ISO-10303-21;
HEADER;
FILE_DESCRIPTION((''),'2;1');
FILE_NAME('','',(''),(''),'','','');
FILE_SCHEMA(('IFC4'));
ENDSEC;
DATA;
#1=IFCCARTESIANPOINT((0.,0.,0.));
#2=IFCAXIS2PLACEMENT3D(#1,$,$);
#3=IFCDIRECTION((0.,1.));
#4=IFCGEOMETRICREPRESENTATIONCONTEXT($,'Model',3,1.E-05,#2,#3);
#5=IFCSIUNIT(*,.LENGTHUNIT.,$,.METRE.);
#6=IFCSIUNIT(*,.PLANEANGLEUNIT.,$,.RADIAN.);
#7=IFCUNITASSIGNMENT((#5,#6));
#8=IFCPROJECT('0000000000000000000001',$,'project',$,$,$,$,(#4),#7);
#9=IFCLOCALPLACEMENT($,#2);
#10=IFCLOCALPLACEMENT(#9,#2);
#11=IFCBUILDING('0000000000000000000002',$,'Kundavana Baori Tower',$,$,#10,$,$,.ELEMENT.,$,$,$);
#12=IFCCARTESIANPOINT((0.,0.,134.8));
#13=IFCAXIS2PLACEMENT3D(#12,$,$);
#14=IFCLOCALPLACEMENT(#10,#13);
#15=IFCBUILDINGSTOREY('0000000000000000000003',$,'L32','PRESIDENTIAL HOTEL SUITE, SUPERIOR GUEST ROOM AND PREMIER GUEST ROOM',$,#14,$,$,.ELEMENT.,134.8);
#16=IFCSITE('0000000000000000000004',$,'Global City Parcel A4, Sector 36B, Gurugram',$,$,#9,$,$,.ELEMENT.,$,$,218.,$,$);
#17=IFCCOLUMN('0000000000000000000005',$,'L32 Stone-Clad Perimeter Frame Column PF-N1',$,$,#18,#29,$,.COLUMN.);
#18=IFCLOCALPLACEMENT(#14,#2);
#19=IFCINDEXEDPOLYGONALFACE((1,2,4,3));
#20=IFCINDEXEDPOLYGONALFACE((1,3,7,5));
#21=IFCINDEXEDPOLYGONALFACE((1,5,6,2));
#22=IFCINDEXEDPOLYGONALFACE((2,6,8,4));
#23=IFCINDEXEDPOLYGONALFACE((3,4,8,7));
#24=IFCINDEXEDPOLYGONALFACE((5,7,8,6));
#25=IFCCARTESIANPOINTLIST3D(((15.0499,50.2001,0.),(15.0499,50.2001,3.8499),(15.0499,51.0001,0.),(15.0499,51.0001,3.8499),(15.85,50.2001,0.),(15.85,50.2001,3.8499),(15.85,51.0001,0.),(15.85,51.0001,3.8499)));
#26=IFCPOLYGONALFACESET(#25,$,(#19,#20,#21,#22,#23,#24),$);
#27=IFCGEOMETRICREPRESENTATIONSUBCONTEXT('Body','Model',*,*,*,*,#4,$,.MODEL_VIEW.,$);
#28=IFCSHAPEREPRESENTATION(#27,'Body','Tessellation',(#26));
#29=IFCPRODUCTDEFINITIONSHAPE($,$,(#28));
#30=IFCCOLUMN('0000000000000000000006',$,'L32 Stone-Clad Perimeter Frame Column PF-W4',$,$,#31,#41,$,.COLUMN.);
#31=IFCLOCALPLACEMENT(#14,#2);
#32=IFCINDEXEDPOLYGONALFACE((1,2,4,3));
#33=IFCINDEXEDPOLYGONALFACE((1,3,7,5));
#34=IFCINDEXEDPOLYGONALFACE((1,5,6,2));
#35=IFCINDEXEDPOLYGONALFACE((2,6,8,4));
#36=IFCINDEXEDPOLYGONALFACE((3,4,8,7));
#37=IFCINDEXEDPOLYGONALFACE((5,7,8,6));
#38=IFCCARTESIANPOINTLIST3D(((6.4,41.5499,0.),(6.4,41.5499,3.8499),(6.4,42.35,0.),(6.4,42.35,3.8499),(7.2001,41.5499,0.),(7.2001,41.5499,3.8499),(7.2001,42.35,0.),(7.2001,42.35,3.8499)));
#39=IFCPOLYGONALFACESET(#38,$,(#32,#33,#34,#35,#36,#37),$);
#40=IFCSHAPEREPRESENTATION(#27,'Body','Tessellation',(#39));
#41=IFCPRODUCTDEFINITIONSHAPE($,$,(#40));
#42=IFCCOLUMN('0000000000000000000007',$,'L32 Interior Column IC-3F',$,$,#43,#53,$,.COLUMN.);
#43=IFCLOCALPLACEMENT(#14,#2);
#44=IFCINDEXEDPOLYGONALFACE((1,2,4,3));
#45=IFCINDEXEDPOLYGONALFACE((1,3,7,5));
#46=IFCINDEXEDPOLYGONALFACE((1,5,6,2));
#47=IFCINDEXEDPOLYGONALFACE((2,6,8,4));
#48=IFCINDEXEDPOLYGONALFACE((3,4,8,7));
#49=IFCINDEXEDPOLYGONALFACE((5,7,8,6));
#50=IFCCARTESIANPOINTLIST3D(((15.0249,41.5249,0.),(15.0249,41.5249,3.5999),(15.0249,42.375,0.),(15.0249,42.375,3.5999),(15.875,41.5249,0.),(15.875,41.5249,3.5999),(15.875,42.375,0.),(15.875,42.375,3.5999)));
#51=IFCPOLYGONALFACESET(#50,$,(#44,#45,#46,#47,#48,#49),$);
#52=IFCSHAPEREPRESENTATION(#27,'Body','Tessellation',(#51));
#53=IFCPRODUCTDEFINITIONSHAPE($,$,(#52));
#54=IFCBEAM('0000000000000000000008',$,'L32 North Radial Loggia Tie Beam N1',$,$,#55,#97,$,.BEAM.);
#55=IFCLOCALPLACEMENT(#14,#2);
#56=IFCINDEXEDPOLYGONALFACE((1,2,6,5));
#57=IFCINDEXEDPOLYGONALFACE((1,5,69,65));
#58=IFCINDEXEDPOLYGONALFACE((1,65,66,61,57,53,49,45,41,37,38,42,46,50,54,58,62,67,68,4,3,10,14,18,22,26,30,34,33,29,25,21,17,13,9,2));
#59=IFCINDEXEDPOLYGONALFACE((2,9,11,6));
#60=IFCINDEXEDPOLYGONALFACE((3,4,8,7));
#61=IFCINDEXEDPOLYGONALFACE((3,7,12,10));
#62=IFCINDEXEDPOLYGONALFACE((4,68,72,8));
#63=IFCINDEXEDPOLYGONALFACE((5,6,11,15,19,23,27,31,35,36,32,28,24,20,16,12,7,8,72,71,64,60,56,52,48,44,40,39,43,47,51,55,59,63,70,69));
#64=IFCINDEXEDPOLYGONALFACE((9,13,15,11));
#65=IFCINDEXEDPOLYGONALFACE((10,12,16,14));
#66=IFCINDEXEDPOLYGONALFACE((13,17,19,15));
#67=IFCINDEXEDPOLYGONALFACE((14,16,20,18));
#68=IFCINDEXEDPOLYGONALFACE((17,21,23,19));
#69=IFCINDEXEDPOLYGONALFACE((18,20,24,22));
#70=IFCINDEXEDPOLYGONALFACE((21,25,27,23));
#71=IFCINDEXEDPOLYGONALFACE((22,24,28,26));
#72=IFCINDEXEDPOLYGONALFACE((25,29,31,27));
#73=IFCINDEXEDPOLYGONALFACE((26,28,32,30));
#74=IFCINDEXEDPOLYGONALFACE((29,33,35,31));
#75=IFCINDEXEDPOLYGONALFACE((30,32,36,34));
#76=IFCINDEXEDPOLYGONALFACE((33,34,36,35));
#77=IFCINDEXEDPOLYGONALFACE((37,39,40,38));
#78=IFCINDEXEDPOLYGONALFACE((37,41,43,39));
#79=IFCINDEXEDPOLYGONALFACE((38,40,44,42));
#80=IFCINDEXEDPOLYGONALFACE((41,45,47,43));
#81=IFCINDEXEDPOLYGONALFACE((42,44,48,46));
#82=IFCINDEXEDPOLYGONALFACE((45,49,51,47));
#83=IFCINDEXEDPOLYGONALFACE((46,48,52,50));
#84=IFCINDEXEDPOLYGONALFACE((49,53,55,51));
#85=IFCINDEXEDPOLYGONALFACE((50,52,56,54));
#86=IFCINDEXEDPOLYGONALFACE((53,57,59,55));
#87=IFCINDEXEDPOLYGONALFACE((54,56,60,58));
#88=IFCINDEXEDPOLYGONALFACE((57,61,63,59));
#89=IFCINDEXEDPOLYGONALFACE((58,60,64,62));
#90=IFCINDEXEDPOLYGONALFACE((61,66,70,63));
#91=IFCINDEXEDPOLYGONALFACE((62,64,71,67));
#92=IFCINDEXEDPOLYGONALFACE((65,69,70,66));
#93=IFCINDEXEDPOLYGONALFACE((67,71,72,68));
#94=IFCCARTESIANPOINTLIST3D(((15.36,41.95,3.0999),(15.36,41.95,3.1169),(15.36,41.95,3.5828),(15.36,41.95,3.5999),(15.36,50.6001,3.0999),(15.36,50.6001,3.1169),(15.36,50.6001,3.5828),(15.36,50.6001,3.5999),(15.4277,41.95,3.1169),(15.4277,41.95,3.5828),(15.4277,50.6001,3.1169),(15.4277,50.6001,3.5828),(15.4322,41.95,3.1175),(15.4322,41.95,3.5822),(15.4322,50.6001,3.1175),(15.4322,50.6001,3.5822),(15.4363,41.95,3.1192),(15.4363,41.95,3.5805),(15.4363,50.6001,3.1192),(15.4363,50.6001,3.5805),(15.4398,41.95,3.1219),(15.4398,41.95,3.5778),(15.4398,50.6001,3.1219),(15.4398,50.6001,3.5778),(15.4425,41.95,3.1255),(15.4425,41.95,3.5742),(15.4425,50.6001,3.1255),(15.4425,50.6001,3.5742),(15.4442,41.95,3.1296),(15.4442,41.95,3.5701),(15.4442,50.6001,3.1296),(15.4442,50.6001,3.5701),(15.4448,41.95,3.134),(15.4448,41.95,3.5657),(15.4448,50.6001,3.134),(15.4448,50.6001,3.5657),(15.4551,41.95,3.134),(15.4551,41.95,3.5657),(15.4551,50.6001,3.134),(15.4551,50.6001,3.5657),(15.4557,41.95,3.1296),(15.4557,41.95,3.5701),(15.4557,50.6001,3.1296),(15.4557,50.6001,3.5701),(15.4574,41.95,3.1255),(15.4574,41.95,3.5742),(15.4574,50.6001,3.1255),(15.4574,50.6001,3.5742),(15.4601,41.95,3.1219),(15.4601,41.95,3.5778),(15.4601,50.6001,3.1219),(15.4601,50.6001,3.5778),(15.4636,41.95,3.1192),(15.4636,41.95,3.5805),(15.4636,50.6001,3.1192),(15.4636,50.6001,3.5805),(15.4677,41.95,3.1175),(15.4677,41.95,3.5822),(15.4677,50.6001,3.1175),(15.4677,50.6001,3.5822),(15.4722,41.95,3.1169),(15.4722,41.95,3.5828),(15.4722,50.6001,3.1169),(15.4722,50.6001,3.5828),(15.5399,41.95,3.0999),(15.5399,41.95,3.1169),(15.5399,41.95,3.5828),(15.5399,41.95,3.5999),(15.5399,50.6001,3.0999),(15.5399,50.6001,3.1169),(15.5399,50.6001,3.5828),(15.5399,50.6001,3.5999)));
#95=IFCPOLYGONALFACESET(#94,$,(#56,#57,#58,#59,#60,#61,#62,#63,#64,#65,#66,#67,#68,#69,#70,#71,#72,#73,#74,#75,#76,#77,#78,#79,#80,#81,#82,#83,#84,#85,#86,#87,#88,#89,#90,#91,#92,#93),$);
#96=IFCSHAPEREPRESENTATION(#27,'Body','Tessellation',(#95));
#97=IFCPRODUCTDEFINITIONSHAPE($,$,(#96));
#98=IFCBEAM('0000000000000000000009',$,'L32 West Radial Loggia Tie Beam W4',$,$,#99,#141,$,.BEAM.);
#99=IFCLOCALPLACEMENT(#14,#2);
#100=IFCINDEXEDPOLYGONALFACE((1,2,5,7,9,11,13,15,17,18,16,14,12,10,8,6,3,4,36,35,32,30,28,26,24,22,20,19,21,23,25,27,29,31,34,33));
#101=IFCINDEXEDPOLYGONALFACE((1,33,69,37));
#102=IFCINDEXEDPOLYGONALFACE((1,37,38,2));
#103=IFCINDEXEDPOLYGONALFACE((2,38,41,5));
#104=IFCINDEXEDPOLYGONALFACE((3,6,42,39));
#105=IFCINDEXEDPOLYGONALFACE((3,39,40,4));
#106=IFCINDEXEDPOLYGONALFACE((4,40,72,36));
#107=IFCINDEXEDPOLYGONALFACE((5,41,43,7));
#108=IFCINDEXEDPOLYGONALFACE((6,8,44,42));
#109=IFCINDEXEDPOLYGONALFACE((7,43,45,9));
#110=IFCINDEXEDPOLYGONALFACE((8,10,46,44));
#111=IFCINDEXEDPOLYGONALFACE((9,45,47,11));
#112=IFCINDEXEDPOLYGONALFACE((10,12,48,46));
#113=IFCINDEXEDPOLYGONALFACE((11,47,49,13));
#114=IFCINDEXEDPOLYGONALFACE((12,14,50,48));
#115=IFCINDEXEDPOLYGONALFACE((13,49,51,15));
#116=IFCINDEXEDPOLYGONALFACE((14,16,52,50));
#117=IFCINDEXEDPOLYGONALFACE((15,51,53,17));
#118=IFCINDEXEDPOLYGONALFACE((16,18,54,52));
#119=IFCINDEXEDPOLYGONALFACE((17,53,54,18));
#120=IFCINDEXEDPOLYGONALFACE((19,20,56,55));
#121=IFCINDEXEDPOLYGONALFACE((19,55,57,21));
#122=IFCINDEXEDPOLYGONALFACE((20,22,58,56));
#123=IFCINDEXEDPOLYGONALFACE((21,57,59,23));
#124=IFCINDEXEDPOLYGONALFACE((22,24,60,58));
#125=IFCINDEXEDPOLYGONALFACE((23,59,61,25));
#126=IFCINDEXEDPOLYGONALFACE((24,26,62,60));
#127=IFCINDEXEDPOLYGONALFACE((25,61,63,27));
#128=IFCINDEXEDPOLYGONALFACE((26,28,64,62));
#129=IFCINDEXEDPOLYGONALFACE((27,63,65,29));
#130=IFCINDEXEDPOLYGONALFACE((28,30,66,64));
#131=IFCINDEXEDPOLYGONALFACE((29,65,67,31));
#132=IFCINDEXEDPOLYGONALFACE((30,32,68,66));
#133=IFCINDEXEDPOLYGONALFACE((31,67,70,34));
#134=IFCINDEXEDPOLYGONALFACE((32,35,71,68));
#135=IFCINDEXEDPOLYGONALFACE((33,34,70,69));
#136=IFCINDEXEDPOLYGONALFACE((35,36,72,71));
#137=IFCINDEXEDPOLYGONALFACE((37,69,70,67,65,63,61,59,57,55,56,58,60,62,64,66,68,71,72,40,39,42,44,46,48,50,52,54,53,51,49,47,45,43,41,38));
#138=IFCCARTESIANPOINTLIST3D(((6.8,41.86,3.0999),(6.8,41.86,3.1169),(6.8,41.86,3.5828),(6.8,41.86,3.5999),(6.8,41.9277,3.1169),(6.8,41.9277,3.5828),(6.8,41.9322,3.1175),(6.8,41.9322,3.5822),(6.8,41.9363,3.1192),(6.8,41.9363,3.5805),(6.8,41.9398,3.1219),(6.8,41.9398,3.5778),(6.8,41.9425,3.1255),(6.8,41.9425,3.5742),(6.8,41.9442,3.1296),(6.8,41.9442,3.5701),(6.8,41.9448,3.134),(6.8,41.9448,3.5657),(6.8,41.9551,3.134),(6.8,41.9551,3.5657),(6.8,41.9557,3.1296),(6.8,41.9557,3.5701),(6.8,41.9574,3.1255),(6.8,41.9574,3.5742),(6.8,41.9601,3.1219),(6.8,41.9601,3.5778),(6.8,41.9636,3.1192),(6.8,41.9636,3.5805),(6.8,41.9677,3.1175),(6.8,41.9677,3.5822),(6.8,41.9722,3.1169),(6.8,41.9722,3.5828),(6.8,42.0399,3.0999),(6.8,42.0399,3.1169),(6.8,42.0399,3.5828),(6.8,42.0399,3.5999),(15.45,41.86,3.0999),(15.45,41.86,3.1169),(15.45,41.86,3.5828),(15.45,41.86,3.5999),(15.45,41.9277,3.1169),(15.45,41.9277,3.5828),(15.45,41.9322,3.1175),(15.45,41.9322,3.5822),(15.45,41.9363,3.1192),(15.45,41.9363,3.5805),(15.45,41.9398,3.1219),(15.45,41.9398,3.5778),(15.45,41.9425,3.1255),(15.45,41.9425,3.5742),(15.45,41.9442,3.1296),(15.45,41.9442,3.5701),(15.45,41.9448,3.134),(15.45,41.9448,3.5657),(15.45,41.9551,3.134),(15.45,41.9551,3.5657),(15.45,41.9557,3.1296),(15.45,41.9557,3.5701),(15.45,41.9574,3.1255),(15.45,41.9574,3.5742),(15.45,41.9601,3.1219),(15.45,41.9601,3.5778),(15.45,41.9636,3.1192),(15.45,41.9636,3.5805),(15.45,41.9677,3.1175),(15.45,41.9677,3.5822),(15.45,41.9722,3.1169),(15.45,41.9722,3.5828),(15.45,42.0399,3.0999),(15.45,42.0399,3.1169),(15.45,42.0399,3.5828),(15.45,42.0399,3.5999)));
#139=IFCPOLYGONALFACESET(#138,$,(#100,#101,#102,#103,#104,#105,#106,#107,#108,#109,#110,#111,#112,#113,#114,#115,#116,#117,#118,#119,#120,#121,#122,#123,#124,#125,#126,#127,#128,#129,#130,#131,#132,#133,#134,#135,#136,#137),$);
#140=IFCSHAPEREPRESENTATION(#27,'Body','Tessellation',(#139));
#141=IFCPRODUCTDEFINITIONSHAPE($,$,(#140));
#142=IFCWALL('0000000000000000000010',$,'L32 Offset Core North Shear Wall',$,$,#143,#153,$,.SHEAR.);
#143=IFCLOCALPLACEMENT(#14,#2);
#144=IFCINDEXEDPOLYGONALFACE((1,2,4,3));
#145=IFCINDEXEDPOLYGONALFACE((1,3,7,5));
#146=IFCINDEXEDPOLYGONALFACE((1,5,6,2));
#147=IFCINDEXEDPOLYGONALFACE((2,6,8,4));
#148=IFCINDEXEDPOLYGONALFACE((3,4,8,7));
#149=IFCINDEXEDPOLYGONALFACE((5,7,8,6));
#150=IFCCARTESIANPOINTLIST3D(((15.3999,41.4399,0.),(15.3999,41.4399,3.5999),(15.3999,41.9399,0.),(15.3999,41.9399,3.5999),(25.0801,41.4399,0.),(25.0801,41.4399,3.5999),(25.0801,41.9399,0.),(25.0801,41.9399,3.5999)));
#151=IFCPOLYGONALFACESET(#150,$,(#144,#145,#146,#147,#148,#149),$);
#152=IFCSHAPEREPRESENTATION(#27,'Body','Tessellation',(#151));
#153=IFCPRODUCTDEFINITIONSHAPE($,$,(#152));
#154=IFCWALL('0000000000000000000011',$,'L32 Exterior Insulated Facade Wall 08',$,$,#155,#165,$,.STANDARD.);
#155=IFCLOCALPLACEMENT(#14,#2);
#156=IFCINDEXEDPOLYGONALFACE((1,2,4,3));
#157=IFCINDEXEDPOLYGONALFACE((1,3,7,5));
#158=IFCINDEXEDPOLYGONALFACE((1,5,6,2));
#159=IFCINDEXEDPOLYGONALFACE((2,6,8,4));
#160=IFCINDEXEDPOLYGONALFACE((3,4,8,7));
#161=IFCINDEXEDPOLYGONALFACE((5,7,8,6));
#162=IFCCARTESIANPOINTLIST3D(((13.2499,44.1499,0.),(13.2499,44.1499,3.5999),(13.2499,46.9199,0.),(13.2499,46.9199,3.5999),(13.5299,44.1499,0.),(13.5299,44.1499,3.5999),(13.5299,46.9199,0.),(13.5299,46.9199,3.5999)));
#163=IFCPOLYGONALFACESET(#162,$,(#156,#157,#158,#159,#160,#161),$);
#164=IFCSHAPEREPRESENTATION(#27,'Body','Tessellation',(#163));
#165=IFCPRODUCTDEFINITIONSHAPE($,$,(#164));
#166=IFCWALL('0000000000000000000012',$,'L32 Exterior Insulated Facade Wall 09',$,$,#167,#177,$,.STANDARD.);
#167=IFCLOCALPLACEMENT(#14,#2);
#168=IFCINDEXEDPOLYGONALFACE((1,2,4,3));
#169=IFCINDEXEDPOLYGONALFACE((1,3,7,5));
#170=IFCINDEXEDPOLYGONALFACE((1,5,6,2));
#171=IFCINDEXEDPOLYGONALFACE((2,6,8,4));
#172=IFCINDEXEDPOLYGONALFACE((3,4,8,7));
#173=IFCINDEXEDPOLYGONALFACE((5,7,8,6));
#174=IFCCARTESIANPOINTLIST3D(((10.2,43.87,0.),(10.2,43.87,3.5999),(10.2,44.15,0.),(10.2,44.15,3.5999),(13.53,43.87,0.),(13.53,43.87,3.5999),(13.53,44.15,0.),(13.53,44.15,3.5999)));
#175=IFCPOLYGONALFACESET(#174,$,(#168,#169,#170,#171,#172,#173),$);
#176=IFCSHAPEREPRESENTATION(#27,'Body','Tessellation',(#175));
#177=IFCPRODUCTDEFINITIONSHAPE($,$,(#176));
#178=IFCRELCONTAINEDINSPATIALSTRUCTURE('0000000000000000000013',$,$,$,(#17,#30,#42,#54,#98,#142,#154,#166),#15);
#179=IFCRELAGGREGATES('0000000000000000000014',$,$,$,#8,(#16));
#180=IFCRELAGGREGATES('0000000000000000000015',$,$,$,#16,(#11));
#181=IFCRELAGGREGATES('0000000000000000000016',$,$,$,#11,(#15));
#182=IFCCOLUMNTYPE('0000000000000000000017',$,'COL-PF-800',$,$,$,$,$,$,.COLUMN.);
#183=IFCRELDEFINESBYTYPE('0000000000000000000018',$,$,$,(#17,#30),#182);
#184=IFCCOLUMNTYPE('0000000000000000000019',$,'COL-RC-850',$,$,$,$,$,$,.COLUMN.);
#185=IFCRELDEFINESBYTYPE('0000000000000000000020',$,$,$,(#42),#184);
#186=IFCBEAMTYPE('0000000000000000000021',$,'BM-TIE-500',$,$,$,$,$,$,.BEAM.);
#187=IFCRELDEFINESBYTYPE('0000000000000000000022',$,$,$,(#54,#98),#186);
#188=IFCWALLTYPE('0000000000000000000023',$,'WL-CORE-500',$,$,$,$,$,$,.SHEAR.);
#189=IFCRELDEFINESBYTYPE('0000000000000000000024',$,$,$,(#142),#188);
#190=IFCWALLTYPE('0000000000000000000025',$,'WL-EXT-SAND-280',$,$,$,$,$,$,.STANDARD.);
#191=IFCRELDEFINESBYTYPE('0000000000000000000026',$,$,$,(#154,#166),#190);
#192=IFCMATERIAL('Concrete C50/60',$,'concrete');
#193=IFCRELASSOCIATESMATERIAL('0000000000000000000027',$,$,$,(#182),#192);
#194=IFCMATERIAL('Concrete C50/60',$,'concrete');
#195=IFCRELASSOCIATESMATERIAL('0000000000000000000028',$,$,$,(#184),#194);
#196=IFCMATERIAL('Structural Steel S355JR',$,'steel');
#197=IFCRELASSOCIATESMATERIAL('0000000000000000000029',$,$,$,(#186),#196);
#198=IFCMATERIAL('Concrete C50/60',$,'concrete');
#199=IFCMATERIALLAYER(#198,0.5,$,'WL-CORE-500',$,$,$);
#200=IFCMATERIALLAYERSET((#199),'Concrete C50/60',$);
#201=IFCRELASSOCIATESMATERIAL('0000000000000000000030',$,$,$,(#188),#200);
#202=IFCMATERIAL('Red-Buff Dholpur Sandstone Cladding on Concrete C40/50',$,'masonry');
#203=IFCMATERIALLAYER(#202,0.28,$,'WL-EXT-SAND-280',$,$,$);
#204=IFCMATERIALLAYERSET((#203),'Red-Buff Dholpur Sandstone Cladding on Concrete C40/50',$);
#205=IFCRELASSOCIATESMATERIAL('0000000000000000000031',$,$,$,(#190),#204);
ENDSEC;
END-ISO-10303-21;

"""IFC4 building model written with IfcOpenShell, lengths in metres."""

from ifc_helpers import new_model, si_unit, direction, frame, frame_2d, origin, origin_2d, place, context, subcontext, project, spatial, rectangle, i_section, extrude, material, layer, layer_set, material_profile, profile_set, type_object, element, save


model = new_model("IFC4")

# Units and contexts
model_context = context("Model", 3, precision=1e-05, world=origin(), true_north=direction((0.0, 1.0)))
body_context = subcontext(model_context, "Body", "Model", "MODEL_VIEW")
ifc_project = project(units=[si_unit("LENGTHUNIT", "METRE"), si_unit("PLANEANGLEUNIT", "RADIAN")], contexts=[model_context])

# Site, building, storey
site_placement = place(None, origin())
site = spatial("IfcSite", under=ifc_project, at=site_placement, Name="Global City Parcel A4, Sector 36B, Gurugram", CompositionType="ELEMENT", RefElevation=218.0)
building_placement = place(site_placement, origin())
building = spatial("IfcBuilding", under=site, at=building_placement, Name="Kundavana Baori Tower", CompositionType="ELEMENT")
storey_placement = place(building_placement, frame((0.0, 0.0, 134.8)))
storey = spatial("IfcBuildingStorey", under=building, at=storey_placement, Name="L32", Description="PRESIDENTIAL HOTEL SUITE, SUPERIOR GUEST ROOM AND PREMIER GUEST ROOM", CompositionType="ELEMENT", Elevation=134.8)

# Columns
ifc_material_1 = material(Name="Concrete C50/60", Category="concrete")
ifc_material_profile_1 = material_profile(ifc_material_1, rectangle(XDim=0.8, YDim=0.8, at=origin_2d()), Name="RC PF 800x800")
ifc_profile_set_1 = profile_set([ifc_material_profile_1], Name="Concrete C50/60")
column_type_1 = type_object("IfcColumnType", Name="COL-PF-800", PredefinedType="COLUMN", material=ifc_profile_set_1)
for number, where, z_axis, x_axis, name in (
    (1, (15.45, 50.6001, 0.0), (0.0, 0.0, 1.0), (1.0, 0.0, 0.0), "L32 Stone-Clad Perimeter Frame Column PF-N1"),
    (2, (6.8, 41.95, 0.0), (0.0, 0.0, 1.0), (1.0, 0.0, 0.0), "L32 Stone-Clad Perimeter Frame Column PF-W4"),
):
    element("IfcColumn", number, at=place(storey_placement, frame(where, z_axis=z_axis, x_axis=x_axis)), inside=storey, type_object=column_type_1, Name=name, PredefinedType="COLUMN", context=body_context, shape_type="SweptSolid", body=[
        extrude(rectangle(XDim=0.8, YDim=0.8, at=origin_2d()), origin(), (0.0, 0.0, 1.0), 3.8499),
    ])
ifc_material_2 = material(Name="Concrete C50/60", Category="concrete")
ifc_material_profile_2 = material_profile(ifc_material_2, rectangle(XDim=0.8501, YDim=0.8501, at=origin_2d()), Name="RC 850x850")
ifc_profile_set_2 = profile_set([ifc_material_profile_2], Name="Concrete C50/60")
column_type_2 = type_object("IfcColumnType", Name="COL-RC-850", PredefinedType="COLUMN", material=ifc_profile_set_2)
column_placement = place(storey_placement, frame((15.45, 41.95, 0.0), z_axis=(0.0, 0.0, 1.0), x_axis=(1.0, 0.0, 0.0)))
element("IfcColumn", 3, at=column_placement, inside=storey, type_object=column_type_2, Name="L32 Interior Column IC-3F", PredefinedType="COLUMN", context=body_context, shape_type="SweptSolid", body=[
    extrude(rectangle(XDim=0.8501, YDim=0.8501, at=origin_2d()), origin(), (0.0, 0.0, 1.0), 3.5999),
])

# Beams
ifc_material_3 = material(Name="Structural Steel S355JR", Category="steel")
ifc_material_profile_3 = material_profile(ifc_material_3, i_section(OverallWidth=0.1799, OverallDepth=0.5, WebThickness=0.0103, FlangeThickness=0.0171, FilletRadius=0.0171, at=origin_2d()), Name="ISMB 500")
ifc_profile_set_3 = profile_set([ifc_material_profile_3], Name="Structural Steel S355JR")
beam_type = type_object("IfcBeamType", Name="BM-TIE-500", PredefinedType="BEAM", material=ifc_profile_set_3)
beam_1_placement = place(storey_placement, frame((15.45, 41.95, 3.3499), z_axis=(0.0, 1.0, 0.0), x_axis=(-1.0, 0.0, 0.0)))
element("IfcBeam", 4, at=beam_1_placement, inside=storey, type_object=beam_type, Name="L32 North Radial Loggia Tie Beam N1", PredefinedType="BEAM", context=body_context, shape_type="SweptSolid", body=[
    extrude(i_section(OverallWidth=0.1799, OverallDepth=0.5, WebThickness=0.0103, FlangeThickness=0.0171, FilletRadius=0.0171, at=origin_2d()), origin(), (0.0, 0.0, 1.0), 8.6501),
])
beam_2_placement = place(storey_placement, frame((15.45, 41.95, 3.3499), z_axis=(-1.0, 0.0, 0.0), x_axis=(0.0, -1.0, 0.0)))
element("IfcBeam", 5, at=beam_2_placement, inside=storey, type_object=beam_type, Name="L32 West Radial Loggia Tie Beam W4", PredefinedType="BEAM", context=body_context, shape_type="SweptSolid", body=[
    extrude(i_section(OverallWidth=0.1799, OverallDepth=0.5, WebThickness=0.0103, FlangeThickness=0.0171, FilletRadius=0.0171, at=origin_2d()), origin(), (0.0, 0.0, 1.0), 8.6499),
])

# Walls
ifc_material_4 = material(Name="Concrete C50/60", Category="concrete")
ifc_layer_1 = layer(ifc_material_4, 0.5, Name="WL-CORE-500")
ifc_layer_set_1 = layer_set([ifc_layer_1], Name="Concrete C50/60")
wall_type_1 = type_object("IfcWallType", Name="WL-CORE-500", PredefinedType="SHEAR", material=ifc_layer_set_1)
wall_1_placement = place(storey_placement, frame((15.3999, 41.6899, 0.0), z_axis=(0.0, 0.0, 1.0), x_axis=(1.0, 0.0, 0.0)))
element("IfcWall", 6, at=wall_1_placement, inside=storey, type_object=wall_type_1, Name="L32 Offset Core North Shear Wall", PredefinedType="SHEAR", context=body_context, shape_type="SweptSolid", body=[
    extrude(rectangle(XDim=9.6802, YDim=0.5, at=frame_2d((4.8401, 0.0))), origin(), (0.0, 0.0, 1.0), 3.5999),
])
ifc_material_5 = material(Name="Red-Buff Dholpur Sandstone Cladding on Concrete C40/50", Category="masonry")
ifc_layer_2 = layer(ifc_material_5, 0.28, Name="WL-EXT-SAND-280")
ifc_layer_set_2 = layer_set([ifc_layer_2], Name="Red-Buff Dholpur Sandstone Cladding on Concrete C40/50")
wall_type_2 = type_object("IfcWallType", Name="WL-EXT-SAND-280", PredefinedType="STANDARD", material=ifc_layer_set_2)
wall_2_placement = place(storey_placement, frame((13.3899, 46.9199, 0.0), z_axis=(0.0, 0.0, 1.0), x_axis=(0.0, -1.0, 0.0)))
element("IfcWall", 7, at=wall_2_placement, inside=storey, type_object=wall_type_2, Name="L32 Exterior Insulated Facade Wall 08", PredefinedType="STANDARD", context=body_context, shape_type="SweptSolid", body=[
    extrude(rectangle(XDim=2.77, YDim=0.28, at=frame_2d((1.385, 0.0))), origin(), (0.0, 0.0, 1.0), 3.5999),
])
wall_3_placement = place(storey_placement, frame((13.53, 44.01, 0.0), z_axis=(0.0, 0.0, 1.0), x_axis=(-1.0, 0.0, 0.0)))
element("IfcWall", 8, at=wall_3_placement, inside=storey, type_object=wall_type_2, Name="L32 Exterior Insulated Facade Wall 09", PredefinedType="STANDARD", context=body_context, shape_type="SweptSolid", body=[
    extrude(rectangle(XDim=3.3301, YDim=0.28, at=frame_2d((1.665, 0.0))), origin(), (0.0, 0.0, 1.0), 3.5999),
])

save(model, "model.ifc")
